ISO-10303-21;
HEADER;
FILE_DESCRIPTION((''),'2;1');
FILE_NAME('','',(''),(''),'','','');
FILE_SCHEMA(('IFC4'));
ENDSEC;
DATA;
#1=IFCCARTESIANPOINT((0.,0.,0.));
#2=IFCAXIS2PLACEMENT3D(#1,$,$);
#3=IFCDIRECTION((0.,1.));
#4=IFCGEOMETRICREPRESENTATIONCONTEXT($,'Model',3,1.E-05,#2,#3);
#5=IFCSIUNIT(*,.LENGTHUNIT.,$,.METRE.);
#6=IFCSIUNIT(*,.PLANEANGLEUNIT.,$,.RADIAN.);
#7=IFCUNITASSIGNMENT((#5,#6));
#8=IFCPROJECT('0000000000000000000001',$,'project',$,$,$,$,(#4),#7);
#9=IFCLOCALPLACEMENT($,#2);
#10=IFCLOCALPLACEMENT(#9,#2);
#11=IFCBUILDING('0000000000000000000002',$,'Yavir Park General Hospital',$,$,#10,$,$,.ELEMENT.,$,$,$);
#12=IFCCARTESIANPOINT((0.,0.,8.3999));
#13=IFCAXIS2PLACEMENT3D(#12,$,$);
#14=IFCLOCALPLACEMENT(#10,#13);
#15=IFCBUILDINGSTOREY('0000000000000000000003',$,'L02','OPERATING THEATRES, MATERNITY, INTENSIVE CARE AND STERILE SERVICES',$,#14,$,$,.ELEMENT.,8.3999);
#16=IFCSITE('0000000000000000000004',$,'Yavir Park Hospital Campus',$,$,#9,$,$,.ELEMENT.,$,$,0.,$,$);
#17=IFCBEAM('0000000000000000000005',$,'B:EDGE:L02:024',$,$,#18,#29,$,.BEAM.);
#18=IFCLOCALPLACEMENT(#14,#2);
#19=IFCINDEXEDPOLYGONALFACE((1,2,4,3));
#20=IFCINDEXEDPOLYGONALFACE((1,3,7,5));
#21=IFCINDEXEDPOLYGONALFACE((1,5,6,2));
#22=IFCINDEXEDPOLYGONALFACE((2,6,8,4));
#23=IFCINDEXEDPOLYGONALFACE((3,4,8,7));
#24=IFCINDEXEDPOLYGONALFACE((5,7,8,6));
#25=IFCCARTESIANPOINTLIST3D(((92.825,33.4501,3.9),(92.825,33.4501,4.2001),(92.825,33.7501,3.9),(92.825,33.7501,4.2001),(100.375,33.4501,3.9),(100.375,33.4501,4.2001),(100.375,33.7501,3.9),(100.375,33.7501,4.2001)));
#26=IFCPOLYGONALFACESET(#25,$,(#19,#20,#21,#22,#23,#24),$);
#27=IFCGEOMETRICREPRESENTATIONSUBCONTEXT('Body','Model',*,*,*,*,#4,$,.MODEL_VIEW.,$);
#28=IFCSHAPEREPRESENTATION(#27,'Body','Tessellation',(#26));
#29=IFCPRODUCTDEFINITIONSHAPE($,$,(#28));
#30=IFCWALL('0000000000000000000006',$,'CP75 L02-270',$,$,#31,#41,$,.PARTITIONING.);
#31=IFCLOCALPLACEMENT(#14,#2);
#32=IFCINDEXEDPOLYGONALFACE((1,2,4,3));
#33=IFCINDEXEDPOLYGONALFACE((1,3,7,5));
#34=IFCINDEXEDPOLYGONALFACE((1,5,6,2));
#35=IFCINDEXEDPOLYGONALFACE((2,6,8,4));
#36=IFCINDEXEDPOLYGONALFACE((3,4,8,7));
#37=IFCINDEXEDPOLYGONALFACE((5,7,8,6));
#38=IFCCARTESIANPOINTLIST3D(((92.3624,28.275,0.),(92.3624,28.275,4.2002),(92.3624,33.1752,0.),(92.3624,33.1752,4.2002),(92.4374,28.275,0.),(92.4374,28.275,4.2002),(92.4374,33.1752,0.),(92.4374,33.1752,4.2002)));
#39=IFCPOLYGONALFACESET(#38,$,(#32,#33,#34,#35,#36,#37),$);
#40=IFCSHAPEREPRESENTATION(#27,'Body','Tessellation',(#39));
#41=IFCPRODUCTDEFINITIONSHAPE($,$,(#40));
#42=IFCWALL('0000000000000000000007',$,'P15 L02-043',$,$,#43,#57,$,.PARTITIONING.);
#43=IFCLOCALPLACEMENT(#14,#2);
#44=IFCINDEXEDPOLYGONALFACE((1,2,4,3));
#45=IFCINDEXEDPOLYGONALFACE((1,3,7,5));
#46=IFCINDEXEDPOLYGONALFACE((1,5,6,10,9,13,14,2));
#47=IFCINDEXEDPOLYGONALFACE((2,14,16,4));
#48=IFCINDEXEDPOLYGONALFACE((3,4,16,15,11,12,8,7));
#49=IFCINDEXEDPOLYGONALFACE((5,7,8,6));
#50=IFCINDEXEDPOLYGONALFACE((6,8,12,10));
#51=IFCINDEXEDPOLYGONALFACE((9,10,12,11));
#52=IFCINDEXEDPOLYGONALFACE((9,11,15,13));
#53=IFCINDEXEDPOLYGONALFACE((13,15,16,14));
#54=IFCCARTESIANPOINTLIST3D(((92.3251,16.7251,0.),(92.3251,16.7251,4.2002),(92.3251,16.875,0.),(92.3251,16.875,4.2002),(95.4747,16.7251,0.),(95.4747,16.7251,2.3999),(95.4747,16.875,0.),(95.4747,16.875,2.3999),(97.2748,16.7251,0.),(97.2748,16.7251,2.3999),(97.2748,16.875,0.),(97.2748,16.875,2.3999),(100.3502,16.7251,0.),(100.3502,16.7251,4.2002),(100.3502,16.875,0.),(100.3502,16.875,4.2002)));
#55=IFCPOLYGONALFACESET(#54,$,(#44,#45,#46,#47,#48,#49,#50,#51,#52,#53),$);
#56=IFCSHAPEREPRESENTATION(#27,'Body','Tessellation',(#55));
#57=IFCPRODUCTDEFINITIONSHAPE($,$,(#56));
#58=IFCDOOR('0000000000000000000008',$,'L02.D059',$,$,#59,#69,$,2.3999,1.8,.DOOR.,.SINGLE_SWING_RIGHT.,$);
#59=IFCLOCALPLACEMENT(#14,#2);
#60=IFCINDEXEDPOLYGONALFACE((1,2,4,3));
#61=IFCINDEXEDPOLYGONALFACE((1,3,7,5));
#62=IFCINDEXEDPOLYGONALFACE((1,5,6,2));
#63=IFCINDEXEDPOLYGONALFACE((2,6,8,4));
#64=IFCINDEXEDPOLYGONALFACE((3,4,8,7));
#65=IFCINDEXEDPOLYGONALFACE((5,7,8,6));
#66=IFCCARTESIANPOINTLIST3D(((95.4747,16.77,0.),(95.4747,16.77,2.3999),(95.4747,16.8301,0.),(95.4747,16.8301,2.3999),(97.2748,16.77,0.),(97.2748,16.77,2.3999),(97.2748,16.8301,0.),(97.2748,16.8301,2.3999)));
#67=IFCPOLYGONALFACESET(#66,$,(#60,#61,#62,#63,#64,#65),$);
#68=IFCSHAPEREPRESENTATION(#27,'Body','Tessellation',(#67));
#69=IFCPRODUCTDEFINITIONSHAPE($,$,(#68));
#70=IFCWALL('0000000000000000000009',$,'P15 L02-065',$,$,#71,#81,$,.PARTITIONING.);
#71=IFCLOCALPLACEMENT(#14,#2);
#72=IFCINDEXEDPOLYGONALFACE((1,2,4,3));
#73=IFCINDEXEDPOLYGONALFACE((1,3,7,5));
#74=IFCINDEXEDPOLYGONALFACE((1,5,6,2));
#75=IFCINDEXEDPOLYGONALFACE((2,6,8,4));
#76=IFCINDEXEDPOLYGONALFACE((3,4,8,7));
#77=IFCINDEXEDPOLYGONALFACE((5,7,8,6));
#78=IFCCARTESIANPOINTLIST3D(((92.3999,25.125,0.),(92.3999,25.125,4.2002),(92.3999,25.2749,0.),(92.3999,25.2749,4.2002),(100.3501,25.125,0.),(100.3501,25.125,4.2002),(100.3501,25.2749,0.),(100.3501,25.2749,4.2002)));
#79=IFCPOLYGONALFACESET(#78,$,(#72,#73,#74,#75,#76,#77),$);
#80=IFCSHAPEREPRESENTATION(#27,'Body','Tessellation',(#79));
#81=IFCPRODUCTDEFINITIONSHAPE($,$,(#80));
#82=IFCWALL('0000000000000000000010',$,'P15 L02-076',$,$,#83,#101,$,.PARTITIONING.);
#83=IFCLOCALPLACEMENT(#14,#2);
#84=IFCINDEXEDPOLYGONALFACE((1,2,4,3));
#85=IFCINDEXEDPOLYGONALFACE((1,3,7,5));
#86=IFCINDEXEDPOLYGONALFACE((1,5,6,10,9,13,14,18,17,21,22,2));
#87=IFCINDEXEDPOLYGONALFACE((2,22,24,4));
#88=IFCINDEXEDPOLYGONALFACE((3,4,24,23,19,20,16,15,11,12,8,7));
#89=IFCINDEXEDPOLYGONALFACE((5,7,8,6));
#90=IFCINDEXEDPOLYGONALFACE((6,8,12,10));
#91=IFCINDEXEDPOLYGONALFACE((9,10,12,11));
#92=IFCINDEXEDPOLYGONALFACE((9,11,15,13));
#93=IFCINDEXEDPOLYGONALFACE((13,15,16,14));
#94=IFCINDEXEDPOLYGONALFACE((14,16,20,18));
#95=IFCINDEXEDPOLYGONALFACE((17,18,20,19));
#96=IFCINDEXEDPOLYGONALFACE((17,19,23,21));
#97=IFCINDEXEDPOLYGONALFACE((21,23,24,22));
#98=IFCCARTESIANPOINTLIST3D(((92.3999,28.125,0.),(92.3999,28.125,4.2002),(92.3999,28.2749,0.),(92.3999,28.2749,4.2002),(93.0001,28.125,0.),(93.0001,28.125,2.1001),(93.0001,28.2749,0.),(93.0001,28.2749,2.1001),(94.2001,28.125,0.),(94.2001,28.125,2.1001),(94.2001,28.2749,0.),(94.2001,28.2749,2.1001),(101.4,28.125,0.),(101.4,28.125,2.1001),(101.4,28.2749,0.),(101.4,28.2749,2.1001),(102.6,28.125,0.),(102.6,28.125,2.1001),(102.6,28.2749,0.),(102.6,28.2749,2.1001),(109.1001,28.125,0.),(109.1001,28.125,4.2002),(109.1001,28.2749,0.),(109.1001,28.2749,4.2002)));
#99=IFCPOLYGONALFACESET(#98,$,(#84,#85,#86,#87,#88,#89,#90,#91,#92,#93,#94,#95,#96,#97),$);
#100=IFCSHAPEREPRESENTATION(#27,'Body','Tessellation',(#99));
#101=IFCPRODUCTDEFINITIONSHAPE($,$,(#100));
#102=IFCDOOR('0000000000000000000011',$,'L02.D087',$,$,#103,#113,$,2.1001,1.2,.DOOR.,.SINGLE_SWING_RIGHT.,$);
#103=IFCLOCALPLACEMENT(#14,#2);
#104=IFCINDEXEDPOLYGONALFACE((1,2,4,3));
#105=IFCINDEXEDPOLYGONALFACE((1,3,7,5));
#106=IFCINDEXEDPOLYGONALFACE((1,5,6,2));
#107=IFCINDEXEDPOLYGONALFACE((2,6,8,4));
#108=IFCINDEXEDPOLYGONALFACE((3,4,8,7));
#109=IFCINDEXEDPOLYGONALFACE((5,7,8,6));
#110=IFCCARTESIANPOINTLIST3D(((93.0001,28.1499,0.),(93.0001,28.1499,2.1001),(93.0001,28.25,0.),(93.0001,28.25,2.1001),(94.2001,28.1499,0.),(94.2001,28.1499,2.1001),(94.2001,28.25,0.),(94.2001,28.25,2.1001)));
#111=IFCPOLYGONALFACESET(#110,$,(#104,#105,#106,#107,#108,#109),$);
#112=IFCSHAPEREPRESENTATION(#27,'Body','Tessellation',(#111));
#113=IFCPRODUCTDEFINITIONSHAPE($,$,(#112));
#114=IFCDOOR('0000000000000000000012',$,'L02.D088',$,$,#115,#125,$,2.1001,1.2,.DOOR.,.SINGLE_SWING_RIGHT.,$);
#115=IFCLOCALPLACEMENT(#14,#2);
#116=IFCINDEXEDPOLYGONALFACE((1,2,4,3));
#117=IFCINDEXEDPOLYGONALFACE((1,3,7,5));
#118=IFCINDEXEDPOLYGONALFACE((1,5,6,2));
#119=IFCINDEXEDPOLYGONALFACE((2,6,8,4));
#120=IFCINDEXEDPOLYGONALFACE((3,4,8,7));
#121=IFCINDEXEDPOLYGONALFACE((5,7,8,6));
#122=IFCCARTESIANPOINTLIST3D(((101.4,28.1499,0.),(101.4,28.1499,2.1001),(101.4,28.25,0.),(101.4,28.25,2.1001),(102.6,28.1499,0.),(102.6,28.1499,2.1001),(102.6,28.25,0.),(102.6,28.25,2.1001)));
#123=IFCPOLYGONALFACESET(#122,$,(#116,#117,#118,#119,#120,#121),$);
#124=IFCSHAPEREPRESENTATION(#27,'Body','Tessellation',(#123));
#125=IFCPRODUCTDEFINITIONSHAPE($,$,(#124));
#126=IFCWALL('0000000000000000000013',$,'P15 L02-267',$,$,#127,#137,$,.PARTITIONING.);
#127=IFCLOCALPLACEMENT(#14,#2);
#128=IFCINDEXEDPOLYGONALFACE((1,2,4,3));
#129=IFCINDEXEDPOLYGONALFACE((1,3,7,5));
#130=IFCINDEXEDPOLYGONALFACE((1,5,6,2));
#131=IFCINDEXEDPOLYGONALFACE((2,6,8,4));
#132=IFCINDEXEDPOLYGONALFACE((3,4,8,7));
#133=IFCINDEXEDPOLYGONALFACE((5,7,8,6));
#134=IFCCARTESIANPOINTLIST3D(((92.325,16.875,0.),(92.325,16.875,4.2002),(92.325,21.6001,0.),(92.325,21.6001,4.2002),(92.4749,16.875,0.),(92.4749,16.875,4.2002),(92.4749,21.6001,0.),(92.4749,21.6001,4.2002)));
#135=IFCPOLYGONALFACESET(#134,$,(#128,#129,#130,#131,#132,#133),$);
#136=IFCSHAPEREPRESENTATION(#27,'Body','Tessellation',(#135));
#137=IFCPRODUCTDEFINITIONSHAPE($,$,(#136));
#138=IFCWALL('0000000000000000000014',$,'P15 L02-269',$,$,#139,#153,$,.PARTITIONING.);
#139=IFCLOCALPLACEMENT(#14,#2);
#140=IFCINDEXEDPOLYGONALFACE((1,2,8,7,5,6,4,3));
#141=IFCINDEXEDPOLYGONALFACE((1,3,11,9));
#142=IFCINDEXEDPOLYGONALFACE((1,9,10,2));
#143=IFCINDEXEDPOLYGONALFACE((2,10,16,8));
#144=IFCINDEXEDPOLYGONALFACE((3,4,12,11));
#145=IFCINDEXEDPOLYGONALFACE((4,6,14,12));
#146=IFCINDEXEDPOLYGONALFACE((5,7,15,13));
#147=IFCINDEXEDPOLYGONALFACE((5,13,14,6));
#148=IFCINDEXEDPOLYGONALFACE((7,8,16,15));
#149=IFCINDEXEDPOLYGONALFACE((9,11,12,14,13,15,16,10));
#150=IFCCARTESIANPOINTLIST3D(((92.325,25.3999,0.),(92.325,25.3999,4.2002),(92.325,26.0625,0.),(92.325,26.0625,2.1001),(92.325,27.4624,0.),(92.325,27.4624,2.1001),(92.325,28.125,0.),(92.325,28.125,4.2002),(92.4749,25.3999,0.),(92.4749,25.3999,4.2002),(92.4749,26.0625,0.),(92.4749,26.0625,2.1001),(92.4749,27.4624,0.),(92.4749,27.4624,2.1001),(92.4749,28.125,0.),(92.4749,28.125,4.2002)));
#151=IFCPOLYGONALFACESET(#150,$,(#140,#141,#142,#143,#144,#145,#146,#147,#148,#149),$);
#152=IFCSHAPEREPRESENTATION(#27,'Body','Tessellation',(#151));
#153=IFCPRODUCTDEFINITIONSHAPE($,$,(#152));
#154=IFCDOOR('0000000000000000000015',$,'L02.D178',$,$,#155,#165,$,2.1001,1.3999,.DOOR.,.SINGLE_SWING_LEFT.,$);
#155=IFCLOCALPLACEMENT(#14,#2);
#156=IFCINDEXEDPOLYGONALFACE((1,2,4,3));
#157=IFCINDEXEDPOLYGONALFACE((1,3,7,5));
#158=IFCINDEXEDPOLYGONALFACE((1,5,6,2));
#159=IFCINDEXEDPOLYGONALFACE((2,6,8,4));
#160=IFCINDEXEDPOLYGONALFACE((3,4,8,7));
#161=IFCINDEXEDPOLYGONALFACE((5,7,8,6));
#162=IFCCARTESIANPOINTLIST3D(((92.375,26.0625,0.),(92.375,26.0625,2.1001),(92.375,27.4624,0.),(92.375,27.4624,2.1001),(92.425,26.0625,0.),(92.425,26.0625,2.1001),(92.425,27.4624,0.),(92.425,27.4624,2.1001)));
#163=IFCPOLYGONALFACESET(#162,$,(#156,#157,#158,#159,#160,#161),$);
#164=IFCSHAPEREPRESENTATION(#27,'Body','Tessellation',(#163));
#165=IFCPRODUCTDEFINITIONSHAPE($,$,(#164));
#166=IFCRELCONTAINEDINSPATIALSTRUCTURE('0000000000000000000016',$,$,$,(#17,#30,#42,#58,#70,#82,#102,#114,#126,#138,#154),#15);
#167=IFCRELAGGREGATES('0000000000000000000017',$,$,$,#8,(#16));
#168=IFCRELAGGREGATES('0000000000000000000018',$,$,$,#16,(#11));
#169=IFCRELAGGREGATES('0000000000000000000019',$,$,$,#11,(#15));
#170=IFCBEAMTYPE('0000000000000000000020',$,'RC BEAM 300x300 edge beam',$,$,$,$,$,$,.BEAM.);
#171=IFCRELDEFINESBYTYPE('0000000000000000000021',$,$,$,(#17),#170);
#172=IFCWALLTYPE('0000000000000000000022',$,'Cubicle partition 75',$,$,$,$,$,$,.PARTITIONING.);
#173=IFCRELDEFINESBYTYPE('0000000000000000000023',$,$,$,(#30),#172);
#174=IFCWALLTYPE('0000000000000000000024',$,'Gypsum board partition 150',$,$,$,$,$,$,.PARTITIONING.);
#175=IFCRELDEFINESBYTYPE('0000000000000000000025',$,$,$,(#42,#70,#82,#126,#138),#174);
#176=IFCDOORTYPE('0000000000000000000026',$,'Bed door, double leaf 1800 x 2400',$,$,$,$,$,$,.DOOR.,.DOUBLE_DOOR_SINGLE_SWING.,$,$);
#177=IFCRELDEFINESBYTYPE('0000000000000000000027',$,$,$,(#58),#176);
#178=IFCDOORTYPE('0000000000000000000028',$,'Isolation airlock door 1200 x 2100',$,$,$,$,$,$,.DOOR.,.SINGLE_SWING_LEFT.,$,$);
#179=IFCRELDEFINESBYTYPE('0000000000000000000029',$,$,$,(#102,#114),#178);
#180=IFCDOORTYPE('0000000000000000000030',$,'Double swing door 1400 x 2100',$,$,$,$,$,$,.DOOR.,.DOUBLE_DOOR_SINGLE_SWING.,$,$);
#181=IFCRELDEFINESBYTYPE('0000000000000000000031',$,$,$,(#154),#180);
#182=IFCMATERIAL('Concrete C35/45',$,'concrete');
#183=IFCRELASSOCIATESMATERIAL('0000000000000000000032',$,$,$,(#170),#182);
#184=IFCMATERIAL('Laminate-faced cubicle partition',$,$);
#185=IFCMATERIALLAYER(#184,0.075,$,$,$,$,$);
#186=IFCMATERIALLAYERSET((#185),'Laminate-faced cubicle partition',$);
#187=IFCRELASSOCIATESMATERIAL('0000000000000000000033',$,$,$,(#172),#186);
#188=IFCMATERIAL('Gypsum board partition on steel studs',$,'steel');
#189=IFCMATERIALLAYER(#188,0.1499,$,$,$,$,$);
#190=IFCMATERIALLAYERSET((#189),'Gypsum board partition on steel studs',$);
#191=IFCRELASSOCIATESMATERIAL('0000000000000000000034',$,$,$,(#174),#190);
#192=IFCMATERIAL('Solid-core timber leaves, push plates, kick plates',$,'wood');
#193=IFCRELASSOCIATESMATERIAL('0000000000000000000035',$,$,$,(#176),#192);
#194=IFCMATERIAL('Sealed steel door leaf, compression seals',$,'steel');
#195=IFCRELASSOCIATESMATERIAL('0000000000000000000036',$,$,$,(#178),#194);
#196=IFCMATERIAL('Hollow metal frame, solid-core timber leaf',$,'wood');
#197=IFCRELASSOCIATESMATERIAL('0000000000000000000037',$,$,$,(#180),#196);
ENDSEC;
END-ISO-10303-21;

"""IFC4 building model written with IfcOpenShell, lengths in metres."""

from ifc_helpers import new_model, si_unit, direction, frame, frame_2d, origin, origin_2d, place, context, subcontext, project, spatial, rectangle, extrude, material, layer, layer_set, material_profile, profile_set, type_object, element, fill, save


model = new_model("IFC4")

# Units and contexts
model_context = context("Model", 3, precision=1e-05, world=origin(), true_north=direction((0.0, 1.0)))
body_context = subcontext(model_context, "Body", "Model", "MODEL_VIEW")
ifc_project = project(units=[si_unit("LENGTHUNIT", "METRE"), si_unit("PLANEANGLEUNIT", "RADIAN")], contexts=[model_context])

# Site, building, storey
site_placement = place(None, origin())
site = spatial("IfcSite", under=ifc_project, at=site_placement, Name="Yavir Park Hospital Campus", CompositionType="ELEMENT", RefElevation=0.0)
building_placement = place(site_placement, origin())
building = spatial("IfcBuilding", under=site, at=building_placement, Name="Yavir Park General Hospital", CompositionType="ELEMENT")
storey_placement = place(building_placement, frame((0.0, 0.0, 8.3999)))
storey = spatial("IfcBuildingStorey", under=building, at=storey_placement, Name="L02", Description="OPERATING THEATRES, MATERNITY, INTENSIVE CARE AND STERILE SERVICES", CompositionType="ELEMENT", Elevation=8.3999)

# Beam
ifc_material_1 = material(Name="Concrete C35/45", Category="concrete")
ifc_material_profile_1 = material_profile(ifc_material_1, rectangle(XDim=0.3, YDim=0.3, at=origin_2d()), Name="RC300x300")
ifc_profile_set_1 = profile_set([ifc_material_profile_1], Name="Concrete C35/45")
beam_type_1 = type_object("IfcBeamType", Name="RC BEAM 300x300 edge beam", PredefinedType="BEAM", material=ifc_profile_set_1)
beam_1_placement = place(storey_placement, frame((92.825, 33.6001, 4.05), z_axis=(1.0, 0.0, 0.0), x_axis=(0.0, 1.0, 0.0)))
element("IfcBeam", 1, at=beam_1_placement, inside=storey, type_object=beam_type_1, Name="B:EDGE:L02:024", PredefinedType="BEAM", context=body_context, shape_type="SweptSolid", body=[
    extrude(rectangle(XDim=0.3, YDim=0.3, at=origin_2d()), origin(), (0.0, 0.0, 1.0), 7.55),
])

# Wall
ifc_material_2 = material(Name="Laminate-faced cubicle partition")
ifc_layer_1 = layer(ifc_material_2, 0.075)
ifc_layer_set_1 = layer_set([ifc_layer_1], Name="Laminate-faced cubicle partition")
wall_type_1 = type_object("IfcWallType", Name="Cubicle partition 75", PredefinedType="PARTITIONING", material=ifc_layer_set_1)
wall_1_placement = place(storey_placement, frame((92.3999, 28.2749, 0.0), z_axis=(0.0, 0.0, 1.0), x_axis=(0.0, 1.0, 0.0)))
element("IfcWall", 2, at=wall_1_placement, inside=storey, type_object=wall_type_1, Name="CP75 L02-270", PredefinedType="PARTITIONING", context=body_context, shape_type="SweptSolid", body=[
    extrude(rectangle(XDim=4.9001, YDim=0.075, at=frame_2d((2.4502, 0.0))), origin(), (0.0, 0.0, 1.0), 4.2002),
])

# Wall, opening, door
ifc_material_3 = material(Name="Gypsum board partition on steel studs", Category="steel")
ifc_layer_2 = layer(ifc_material_3, 0.1499)
ifc_layer_set_2 = layer_set([ifc_layer_2], Name="Gypsum board partition on steel studs")
wall_type_2 = type_object("IfcWallType", Name="Gypsum board partition 150", PredefinedType="PARTITIONING", material=ifc_layer_set_2)
wall_2_placement = place(storey_placement, frame((92.325, 16.8, 0.0), z_axis=(0.0, 0.0, 1.0), x_axis=(1.0, 0.0, 0.0)))
wall_2 = element("IfcWall", 3, at=wall_2_placement, inside=storey, type_object=wall_type_2, Name="P15 L02-043", PredefinedType="PARTITIONING", context=body_context, shape_type="SweptSolid", body=[
    extrude(rectangle(XDim=8.0251, YDim=0.1499, at=frame_2d((4.0127, 0.0))), origin(), (0.0, 0.0, 1.0), 4.2002),
])
opening_1_placement = place(wall_2_placement, frame((3.1499, 0.0, 0.0)))
opening_1 = element("IfcOpeningElement", 4, at=opening_1_placement, cuts=wall_2, PredefinedType="OPENING", context=body_context, shape_type="SweptSolid", body=[
    extrude(rectangle(XDim=1.8, YDim=2.3999, at=frame_2d((0.8999, 1.2))), frame((0.0, 0.085, 0.0), z_axis=(0.0, -1.0, 0.0), x_axis=(1.0, 0.0, 0.0)), (0.0, 0.0, 1.0), 0.1699),
])
ifc_material_4 = material(Name="Solid-core timber leaves, push plates, kick plates", Category="wood")
door_type_1 = type_object("IfcDoorType", Name="Bed door, double leaf 1800 x 2400", OperationType="DOUBLE_DOOR_SINGLE_SWING", PredefinedType="DOOR", material=ifc_material_4)
door_1_placement = place(opening_1_placement, origin())
door_1 = element("IfcDoor", 5, at=door_1_placement, inside=storey, type_object=door_type_1, Name="L02.D059", OperationType="SINGLE_SWING_RIGHT", OverallHeight=2.3999, OverallWidth=1.8, PredefinedType="DOOR", context=body_context, shape_type="SweptSolid", body=[
    extrude(rectangle(XDim=1.8, YDim=2.3999, at=frame_2d((0.8999, 1.2))), frame((0.0, 0.03, 0.0), z_axis=(0.0, -1.0, 0.0), x_axis=(1.0, 0.0, 0.0)), (0.0, 0.0, 1.0), 0.0601),
])
fill(opening_1, door_1)

# Wall
wall_3_placement = place(storey_placement, frame((92.3999, 25.2, 0.0), z_axis=(0.0, 0.0, 1.0), x_axis=(1.0, 0.0, 0.0)))
element("IfcWall", 6, at=wall_3_placement, inside=storey, type_object=wall_type_2, Name="P15 L02-065", PredefinedType="PARTITIONING", context=body_context, shape_type="SweptSolid", body=[
    extrude(rectangle(XDim=7.9502, YDim=0.1499, at=frame_2d((3.9751, 0.0))), origin(), (0.0, 0.0, 1.0), 4.2002),
])

# Wall, openings, doors
wall_4_placement = place(storey_placement, frame((92.3999, 28.2, 0.0), z_axis=(0.0, 0.0, 1.0), x_axis=(1.0, 0.0, 0.0)))
wall_4 = element("IfcWall", 7, at=wall_4_placement, inside=storey, type_object=wall_type_2, Name="P15 L02-076", PredefinedType="PARTITIONING", context=body_context, shape_type="SweptSolid", body=[
    extrude(rectangle(XDim=16.7002, YDim=0.1499, at=frame_2d((8.3501, 0.0))), origin(), (0.0, 0.0, 1.0), 4.2002),
])
opening_2_placement = place(wall_4_placement, frame((0.6001, 0.0, 0.0)))
opening_2 = element("IfcOpeningElement", 8, at=opening_2_placement, cuts=wall_4, PredefinedType="OPENING", context=body_context, shape_type="SweptSolid", body=[
    extrude(rectangle(XDim=1.2, YDim=2.1001, at=frame_2d((0.6001, 1.05))), frame((0.0, 0.085, 0.0), z_axis=(0.0, -1.0, 0.0), x_axis=(1.0, 0.0, 0.0)), (0.0, 0.0, 1.0), 0.1699),
])
opening_3_placement = place(wall_4_placement, frame((9.0, 0.0, 0.0)))
opening_3 = element("IfcOpeningElement", 9, at=opening_3_placement, cuts=wall_4, PredefinedType="OPENING", context=body_context, shape_type="SweptSolid", body=[
    extrude(rectangle(XDim=1.2, YDim=2.1001, at=frame_2d((0.6001, 1.05))), frame((0.0, 0.085, 0.0), z_axis=(0.0, -1.0, 0.0), x_axis=(1.0, 0.0, 0.0)), (0.0, 0.0, 1.0), 0.1699),
])
ifc_material_5 = material(Name="Sealed steel door leaf, compression seals", Category="steel")
door_type_2 = type_object("IfcDoorType", Name="Isolation airlock door 1200 x 2100", OperationType="SINGLE_SWING_LEFT", PredefinedType="DOOR", material=ifc_material_5)
door_2_placement = place(opening_2_placement, origin())
door_2 = element("IfcDoor", 10, at=door_2_placement, inside=storey, type_object=door_type_2, Name="L02.D087", OperationType="SINGLE_SWING_RIGHT", OverallHeight=2.1001, OverallWidth=1.2, PredefinedType="DOOR", context=body_context, shape_type="SweptSolid", body=[
    extrude(rectangle(XDim=1.2, YDim=2.1001, at=frame_2d((0.6001, 1.05))), frame((0.0, 0.05, 0.0), z_axis=(0.0, -1.0, 0.0), x_axis=(1.0, 0.0, 0.0)), (0.0, 0.0, 1.0), 0.1001),
])
fill(opening_2, door_2)
door_3_placement = place(opening_3_placement, origin())
door_3 = element("IfcDoor", 11, at=door_3_placement, inside=storey, type_object=door_type_2, Name="L02.D088", OperationType="SINGLE_SWING_RIGHT", OverallHeight=2.1001, OverallWidth=1.2, PredefinedType="DOOR", context=body_context, shape_type="SweptSolid", body=[
    extrude(rectangle(XDim=1.2, YDim=2.1001, at=frame_2d((0.6001, 1.05))), frame((0.0, 0.05, 0.0), z_axis=(0.0, -1.0, 0.0), x_axis=(1.0, 0.0, 0.0)), (0.0, 0.0, 1.0), 0.1001),
])
fill(opening_3, door_3)

# Wall
wall_5_placement = place(storey_placement, frame((92.3999, 16.875, 0.0), z_axis=(0.0, 0.0, 1.0), x_axis=(0.0, 1.0, 0.0)))
element("IfcWall", 12, at=wall_5_placement, inside=storey, type_object=wall_type_2, Name="P15 L02-267", PredefinedType="PARTITIONING", context=body_context, shape_type="SweptSolid", body=[
    extrude(rectangle(XDim=4.7251, YDim=0.1499, at=frame_2d((2.3625, 0.0))), origin(), (0.0, 0.0, 1.0), 4.2002),
])

# Wall, opening, door
wall_6_placement = place(storey_placement, frame((92.3999, 25.3999, 0.0), z_axis=(0.0, 0.0, 1.0), x_axis=(0.0, 1.0, 0.0)))
wall_6 = element("IfcWall", 13, at=wall_6_placement, inside=storey, type_object=wall_type_2, Name="P15 L02-269", PredefinedType="PARTITIONING", context=body_context, shape_type="SweptSolid", body=[
    extrude(rectangle(XDim=2.7251, YDim=0.1499, at=frame_2d((1.3625, 0.0))), origin(), (0.0, 0.0, 1.0), 4.2002),
])
opening_4_placement = place(wall_6_placement, frame((0.6626, 0.0, 0.0)))
opening_4 = element("IfcOpeningElement", 14, at=opening_4_placement, cuts=wall_6, PredefinedType="OPENING", context=body_context, shape_type="SweptSolid", body=[
    extrude(rectangle(XDim=1.3999, YDim=2.1001, at=frame_2d((0.7, 1.05))), frame((0.0, 0.085, 0.0), z_axis=(0.0, -1.0, 0.0), x_axis=(1.0, 0.0, 0.0)), (0.0, 0.0, 1.0), 0.1699),
])
ifc_material_6 = material(Name="Hollow metal frame, solid-core timber leaf", Category="wood")
door_type_3 = type_object("IfcDoorType", Name="Double swing door 1400 x 2100", OperationType="DOUBLE_DOOR_SINGLE_SWING", PredefinedType="DOOR", material=ifc_material_6)
door_4_placement = place(opening_4_placement, origin())
door_4 = element("IfcDoor", 15, at=door_4_placement, inside=storey, type_object=door_type_3, Name="L02.D178", OperationType="SINGLE_SWING_LEFT", OverallHeight=2.1001, OverallWidth=1.3999, PredefinedType="DOOR", context=body_context, shape_type="SweptSolid", body=[
    extrude(rectangle(XDim=1.3999, YDim=2.1001, at=frame_2d((0.7, 1.05))), frame((0.0, 0.0249, 0.0), z_axis=(0.0, -1.0, 0.0), x_axis=(1.0, 0.0, 0.0)), (0.0, 0.0, 1.0), 0.05),
])
fill(opening_4, door_4)

save(model, "model.ifc")
